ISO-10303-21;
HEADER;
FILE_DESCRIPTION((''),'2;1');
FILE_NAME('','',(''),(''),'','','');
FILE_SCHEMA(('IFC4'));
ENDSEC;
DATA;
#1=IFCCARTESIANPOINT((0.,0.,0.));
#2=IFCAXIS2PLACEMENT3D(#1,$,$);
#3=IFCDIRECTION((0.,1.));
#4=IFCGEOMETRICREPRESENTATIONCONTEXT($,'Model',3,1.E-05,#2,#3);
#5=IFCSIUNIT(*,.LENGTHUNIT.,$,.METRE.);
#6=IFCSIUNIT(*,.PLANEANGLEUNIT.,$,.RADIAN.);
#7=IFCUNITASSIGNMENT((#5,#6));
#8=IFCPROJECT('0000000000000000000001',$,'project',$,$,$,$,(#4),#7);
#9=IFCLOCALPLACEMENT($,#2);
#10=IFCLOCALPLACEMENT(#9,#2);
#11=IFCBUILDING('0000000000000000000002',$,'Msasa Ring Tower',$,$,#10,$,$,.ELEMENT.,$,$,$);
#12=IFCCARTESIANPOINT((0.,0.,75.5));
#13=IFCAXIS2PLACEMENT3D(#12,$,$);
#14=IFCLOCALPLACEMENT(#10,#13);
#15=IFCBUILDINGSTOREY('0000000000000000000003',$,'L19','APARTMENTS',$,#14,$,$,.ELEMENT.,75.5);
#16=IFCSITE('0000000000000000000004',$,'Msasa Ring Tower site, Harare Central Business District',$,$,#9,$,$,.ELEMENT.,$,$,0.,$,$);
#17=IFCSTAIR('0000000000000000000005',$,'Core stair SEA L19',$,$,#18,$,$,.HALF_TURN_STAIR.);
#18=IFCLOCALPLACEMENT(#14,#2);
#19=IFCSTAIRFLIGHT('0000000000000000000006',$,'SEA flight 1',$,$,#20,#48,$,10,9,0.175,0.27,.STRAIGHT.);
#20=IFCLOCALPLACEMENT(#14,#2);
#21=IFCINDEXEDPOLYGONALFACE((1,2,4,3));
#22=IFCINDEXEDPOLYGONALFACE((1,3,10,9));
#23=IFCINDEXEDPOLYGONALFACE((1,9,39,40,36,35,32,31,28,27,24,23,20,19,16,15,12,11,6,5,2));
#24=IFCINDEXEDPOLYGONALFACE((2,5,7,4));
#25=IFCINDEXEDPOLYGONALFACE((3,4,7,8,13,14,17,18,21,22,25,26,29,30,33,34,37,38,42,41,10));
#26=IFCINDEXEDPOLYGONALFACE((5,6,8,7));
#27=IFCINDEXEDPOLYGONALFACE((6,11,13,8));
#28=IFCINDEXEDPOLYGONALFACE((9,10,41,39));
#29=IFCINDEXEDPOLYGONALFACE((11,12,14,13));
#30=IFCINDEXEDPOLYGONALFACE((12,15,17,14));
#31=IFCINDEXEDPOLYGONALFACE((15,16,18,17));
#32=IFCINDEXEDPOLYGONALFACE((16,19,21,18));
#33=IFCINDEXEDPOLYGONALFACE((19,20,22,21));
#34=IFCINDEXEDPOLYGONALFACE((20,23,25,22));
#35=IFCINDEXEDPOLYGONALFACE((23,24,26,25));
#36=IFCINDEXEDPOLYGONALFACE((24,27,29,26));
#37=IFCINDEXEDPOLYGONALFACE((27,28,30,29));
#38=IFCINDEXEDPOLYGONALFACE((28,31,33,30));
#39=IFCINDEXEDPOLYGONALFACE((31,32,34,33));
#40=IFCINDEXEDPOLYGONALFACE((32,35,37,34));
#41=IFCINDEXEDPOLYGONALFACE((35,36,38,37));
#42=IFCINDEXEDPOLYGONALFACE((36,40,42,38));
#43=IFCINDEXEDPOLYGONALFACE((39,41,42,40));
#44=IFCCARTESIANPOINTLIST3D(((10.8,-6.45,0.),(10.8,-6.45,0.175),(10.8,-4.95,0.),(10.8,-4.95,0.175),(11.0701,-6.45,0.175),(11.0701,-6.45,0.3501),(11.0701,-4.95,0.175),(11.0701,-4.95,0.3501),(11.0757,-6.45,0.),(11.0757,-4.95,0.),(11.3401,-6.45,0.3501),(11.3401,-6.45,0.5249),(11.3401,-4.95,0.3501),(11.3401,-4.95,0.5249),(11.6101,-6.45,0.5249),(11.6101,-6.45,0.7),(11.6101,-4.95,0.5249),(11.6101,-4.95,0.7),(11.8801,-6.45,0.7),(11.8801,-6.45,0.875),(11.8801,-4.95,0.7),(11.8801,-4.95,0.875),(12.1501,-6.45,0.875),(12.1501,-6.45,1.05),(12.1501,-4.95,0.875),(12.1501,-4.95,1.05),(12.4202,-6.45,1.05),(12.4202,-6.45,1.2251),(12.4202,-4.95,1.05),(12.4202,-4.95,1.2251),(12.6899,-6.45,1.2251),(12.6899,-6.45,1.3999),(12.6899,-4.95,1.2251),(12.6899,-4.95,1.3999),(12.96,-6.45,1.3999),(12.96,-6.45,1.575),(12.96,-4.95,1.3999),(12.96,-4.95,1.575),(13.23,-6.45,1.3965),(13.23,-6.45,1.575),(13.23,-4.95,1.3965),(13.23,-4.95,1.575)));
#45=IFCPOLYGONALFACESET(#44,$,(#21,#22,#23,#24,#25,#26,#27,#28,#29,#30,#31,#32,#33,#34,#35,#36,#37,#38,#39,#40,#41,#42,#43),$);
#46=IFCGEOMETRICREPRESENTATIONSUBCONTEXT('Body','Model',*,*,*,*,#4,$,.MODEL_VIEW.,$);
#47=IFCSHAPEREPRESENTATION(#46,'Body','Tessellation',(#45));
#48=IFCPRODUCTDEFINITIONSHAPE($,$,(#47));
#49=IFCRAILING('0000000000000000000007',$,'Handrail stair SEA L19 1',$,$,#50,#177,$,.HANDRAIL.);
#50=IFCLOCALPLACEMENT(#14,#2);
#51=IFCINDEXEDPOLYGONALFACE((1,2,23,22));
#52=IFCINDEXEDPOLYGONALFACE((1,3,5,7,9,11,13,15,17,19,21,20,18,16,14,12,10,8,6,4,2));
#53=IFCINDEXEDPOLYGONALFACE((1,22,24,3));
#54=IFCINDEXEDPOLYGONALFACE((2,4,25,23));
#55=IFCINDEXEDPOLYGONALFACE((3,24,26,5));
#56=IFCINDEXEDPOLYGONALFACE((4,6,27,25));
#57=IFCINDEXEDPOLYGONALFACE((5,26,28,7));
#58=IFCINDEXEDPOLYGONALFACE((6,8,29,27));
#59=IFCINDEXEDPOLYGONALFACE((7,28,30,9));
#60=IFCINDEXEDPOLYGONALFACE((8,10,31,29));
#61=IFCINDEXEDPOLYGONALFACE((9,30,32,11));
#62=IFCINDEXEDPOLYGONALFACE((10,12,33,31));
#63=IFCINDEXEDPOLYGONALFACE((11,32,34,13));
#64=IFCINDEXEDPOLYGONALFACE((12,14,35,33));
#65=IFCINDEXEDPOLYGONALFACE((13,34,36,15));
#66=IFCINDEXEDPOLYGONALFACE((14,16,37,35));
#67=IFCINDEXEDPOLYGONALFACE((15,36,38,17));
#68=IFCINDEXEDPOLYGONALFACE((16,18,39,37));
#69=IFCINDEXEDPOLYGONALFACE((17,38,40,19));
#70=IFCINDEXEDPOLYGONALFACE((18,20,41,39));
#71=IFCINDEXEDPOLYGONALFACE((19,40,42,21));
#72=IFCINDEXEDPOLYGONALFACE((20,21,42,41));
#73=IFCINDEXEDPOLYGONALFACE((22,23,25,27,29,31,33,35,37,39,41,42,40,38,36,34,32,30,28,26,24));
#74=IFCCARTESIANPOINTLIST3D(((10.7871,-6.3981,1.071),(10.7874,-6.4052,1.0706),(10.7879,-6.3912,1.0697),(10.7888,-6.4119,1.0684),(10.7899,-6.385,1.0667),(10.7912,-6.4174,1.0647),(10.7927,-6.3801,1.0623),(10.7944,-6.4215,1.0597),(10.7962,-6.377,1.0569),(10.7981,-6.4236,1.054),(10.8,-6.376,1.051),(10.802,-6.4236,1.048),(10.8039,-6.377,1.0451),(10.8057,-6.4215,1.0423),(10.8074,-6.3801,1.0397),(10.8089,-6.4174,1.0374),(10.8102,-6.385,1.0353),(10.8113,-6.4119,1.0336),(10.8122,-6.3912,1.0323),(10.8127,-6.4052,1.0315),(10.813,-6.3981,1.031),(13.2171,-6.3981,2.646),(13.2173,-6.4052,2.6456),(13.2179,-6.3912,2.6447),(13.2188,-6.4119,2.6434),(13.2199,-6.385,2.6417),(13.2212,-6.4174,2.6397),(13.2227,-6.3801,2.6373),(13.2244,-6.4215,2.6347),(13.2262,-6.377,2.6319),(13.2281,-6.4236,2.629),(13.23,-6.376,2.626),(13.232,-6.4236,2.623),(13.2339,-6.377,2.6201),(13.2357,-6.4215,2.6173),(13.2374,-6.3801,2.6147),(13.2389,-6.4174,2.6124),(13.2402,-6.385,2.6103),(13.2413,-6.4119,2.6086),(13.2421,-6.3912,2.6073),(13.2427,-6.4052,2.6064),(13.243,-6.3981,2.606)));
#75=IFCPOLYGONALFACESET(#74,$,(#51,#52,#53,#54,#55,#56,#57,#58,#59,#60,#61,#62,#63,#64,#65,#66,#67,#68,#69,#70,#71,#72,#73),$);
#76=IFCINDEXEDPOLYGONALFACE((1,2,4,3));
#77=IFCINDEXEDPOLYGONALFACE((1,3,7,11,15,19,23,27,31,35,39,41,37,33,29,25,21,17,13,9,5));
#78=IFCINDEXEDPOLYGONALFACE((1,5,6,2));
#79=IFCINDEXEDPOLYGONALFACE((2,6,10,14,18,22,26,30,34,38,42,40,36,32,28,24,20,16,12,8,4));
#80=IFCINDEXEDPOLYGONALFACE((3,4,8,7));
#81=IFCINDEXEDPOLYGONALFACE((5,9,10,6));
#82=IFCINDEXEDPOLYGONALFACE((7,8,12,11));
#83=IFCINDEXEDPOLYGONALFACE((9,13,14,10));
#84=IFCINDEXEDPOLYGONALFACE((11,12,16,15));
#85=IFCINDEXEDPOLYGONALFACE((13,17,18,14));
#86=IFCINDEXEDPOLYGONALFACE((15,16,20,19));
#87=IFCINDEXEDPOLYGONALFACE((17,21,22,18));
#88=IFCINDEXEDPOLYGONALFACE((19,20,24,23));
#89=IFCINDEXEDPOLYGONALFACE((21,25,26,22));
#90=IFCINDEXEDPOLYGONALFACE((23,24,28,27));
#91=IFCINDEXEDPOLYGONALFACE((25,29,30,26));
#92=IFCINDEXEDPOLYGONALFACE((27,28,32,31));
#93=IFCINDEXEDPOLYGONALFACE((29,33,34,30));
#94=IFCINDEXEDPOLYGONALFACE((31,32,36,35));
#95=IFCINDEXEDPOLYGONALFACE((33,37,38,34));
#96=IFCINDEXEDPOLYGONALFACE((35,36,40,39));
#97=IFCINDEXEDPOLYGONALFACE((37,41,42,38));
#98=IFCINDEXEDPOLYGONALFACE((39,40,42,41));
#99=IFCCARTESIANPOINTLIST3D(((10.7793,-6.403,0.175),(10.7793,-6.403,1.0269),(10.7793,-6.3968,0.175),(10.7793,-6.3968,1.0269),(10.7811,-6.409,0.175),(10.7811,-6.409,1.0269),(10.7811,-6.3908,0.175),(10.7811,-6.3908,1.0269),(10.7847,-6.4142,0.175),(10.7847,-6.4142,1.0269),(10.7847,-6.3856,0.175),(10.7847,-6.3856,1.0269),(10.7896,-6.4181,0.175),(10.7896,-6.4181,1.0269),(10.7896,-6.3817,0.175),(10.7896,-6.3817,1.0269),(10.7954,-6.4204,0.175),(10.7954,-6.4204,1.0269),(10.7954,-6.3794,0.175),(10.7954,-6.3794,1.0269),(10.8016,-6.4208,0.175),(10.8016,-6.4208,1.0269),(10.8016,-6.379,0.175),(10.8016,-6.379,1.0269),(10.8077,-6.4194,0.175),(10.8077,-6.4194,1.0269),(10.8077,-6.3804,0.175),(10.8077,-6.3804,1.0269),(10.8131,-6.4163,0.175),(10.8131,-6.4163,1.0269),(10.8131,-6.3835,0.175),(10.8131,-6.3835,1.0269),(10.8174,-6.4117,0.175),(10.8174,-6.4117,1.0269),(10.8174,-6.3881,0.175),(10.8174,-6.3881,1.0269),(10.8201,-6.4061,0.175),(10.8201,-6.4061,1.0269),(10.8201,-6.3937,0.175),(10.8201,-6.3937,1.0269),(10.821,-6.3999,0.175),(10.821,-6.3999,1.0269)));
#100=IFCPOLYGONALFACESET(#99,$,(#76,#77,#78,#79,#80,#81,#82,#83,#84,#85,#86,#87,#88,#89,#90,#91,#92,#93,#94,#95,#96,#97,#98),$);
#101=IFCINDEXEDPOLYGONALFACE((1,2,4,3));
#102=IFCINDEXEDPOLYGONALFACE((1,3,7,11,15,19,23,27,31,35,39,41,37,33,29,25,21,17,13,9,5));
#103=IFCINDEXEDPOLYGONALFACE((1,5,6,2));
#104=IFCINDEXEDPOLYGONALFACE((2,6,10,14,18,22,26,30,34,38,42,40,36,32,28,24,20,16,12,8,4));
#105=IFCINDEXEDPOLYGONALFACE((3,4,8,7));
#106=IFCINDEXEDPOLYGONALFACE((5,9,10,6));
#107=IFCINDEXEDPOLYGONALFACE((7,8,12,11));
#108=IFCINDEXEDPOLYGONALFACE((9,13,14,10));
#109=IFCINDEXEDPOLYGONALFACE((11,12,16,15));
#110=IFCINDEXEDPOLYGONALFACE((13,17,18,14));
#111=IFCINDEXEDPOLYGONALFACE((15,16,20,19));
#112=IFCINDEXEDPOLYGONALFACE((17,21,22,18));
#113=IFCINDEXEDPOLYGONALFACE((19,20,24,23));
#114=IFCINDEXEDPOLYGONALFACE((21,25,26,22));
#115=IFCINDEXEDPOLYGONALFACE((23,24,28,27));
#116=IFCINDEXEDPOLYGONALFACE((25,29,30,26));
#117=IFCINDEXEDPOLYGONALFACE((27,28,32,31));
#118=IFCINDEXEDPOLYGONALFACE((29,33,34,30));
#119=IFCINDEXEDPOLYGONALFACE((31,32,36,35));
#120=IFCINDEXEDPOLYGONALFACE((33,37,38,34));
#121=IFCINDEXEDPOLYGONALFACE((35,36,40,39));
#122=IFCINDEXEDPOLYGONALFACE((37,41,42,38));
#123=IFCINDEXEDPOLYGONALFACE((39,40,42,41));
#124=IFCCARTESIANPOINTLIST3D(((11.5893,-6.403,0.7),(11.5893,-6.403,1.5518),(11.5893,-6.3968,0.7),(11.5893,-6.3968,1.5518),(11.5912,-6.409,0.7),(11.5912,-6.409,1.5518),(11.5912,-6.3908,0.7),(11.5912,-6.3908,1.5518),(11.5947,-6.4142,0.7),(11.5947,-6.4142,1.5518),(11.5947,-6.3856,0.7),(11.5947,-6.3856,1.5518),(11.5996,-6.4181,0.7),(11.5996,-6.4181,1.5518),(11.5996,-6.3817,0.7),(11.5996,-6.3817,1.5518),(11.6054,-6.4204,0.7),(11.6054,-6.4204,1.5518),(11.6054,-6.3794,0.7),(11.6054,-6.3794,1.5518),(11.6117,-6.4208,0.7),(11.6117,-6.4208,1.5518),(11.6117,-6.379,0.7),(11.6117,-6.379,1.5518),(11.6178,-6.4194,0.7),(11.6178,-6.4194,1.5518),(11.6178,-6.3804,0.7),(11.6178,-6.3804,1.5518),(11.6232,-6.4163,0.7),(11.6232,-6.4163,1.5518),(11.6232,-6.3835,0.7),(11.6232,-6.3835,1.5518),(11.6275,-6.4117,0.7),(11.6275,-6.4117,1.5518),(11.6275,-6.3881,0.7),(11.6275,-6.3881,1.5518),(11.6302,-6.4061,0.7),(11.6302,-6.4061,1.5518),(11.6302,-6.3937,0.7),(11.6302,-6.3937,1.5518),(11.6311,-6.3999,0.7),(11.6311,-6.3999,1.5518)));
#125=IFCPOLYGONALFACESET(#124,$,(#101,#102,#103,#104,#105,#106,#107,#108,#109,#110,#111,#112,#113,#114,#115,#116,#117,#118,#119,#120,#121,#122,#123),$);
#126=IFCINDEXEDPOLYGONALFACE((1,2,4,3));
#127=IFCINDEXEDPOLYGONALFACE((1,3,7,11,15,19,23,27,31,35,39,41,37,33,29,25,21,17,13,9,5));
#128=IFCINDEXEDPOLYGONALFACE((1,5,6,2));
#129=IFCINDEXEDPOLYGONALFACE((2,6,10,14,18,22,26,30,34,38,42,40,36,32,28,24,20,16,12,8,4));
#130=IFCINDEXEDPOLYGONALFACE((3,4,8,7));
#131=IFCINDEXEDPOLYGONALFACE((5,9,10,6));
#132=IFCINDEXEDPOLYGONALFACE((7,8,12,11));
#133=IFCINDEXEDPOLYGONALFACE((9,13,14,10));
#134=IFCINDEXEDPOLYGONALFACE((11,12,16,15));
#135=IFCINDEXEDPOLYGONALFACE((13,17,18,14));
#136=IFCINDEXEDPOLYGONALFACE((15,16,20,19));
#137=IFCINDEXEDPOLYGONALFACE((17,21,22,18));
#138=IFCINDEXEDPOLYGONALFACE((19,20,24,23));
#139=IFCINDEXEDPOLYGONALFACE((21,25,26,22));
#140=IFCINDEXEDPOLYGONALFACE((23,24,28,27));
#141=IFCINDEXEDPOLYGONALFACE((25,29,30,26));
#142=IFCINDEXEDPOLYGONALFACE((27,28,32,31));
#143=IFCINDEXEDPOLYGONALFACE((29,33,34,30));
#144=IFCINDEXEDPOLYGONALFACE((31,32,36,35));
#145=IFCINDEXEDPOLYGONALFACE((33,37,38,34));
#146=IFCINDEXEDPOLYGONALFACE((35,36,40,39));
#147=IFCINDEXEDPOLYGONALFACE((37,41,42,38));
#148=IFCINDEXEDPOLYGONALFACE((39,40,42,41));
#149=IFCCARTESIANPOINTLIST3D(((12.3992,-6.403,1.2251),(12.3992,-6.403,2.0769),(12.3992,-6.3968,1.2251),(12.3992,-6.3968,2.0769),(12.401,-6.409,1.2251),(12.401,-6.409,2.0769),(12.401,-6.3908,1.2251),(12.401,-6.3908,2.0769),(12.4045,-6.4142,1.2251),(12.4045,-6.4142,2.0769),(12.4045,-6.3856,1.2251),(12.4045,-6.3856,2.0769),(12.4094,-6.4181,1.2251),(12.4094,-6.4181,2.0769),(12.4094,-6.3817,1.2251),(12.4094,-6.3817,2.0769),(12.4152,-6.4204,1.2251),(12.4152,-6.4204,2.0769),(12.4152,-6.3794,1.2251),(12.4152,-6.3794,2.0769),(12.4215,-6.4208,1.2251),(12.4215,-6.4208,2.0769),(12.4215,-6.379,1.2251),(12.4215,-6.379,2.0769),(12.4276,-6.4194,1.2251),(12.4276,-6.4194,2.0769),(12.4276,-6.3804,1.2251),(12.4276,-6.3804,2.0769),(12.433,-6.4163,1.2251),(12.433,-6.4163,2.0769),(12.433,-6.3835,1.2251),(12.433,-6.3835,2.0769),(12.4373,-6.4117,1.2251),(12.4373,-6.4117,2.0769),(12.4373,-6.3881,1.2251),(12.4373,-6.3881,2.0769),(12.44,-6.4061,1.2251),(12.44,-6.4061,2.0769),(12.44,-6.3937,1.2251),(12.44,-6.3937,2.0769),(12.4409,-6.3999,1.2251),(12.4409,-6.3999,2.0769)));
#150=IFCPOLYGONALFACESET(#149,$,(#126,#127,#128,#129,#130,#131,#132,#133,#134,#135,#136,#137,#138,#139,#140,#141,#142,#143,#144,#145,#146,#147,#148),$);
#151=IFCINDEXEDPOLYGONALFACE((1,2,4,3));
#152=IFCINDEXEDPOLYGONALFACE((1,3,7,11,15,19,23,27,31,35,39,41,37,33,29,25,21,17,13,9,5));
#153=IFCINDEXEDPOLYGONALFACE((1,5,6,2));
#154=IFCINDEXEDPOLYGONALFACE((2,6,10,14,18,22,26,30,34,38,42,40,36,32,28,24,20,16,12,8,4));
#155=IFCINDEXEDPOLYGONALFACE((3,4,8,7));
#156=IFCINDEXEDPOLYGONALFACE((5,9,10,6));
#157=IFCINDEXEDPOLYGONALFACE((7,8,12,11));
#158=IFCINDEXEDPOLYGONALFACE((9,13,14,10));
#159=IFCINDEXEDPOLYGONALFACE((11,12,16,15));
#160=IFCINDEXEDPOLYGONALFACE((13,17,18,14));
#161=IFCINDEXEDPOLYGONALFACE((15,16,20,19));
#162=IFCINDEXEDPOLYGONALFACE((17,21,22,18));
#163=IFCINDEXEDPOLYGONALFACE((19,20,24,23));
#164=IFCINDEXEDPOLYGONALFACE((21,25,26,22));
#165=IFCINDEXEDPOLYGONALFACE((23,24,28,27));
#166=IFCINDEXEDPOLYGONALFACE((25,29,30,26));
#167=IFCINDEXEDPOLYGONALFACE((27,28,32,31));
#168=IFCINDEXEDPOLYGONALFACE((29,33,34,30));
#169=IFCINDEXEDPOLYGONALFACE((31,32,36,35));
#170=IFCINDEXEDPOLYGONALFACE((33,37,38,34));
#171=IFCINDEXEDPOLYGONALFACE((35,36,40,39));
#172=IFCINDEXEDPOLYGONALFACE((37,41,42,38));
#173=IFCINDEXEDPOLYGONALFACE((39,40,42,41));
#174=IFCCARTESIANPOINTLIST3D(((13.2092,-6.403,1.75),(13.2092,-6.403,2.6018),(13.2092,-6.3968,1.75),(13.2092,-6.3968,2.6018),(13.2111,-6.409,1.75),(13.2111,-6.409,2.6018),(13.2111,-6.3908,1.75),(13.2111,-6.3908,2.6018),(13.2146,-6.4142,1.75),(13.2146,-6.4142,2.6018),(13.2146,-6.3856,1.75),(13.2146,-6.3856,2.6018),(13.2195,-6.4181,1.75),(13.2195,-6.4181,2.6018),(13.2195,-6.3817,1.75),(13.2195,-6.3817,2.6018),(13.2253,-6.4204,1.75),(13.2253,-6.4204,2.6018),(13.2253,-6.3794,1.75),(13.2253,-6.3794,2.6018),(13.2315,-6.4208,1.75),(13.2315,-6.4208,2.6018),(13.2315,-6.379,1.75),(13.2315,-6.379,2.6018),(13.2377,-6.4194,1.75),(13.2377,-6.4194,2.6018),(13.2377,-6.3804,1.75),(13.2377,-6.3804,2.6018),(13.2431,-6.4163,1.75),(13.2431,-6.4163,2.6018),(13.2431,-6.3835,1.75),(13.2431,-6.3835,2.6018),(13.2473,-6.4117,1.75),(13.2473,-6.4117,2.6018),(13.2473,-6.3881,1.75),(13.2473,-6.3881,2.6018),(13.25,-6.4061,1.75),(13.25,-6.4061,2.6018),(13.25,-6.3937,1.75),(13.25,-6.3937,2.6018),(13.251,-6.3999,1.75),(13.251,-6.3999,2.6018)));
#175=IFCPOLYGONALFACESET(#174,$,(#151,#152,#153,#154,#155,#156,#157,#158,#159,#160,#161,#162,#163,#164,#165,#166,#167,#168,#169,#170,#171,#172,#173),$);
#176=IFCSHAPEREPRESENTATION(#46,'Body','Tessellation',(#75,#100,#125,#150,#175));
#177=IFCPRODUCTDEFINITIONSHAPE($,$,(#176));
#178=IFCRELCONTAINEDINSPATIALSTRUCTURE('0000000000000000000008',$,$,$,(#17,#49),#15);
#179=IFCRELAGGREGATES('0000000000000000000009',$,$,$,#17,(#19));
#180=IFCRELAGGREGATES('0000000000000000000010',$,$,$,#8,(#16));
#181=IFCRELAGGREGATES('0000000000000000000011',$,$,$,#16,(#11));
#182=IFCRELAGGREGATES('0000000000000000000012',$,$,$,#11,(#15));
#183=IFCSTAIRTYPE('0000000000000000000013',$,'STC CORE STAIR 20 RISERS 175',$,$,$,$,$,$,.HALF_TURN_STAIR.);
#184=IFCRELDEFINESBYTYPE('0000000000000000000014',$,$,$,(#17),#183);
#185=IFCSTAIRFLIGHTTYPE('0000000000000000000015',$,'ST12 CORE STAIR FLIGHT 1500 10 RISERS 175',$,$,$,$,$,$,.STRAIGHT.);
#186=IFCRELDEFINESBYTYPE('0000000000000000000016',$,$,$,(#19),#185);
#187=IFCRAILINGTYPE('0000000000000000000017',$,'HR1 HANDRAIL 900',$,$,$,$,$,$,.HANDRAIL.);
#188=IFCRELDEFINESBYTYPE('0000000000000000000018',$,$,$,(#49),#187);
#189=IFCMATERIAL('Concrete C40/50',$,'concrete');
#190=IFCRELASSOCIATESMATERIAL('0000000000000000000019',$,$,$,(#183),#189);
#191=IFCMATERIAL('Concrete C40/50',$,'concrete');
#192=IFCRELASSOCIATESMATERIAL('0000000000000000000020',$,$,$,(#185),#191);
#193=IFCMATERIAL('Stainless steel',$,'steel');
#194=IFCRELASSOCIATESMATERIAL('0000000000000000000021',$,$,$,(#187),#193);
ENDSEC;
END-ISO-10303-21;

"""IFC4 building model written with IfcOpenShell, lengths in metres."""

from ifc_helpers import new_model, si_unit, direction, frame, origin, origin_2d, place, context, subcontext, project, spatial, polyline, circle, outline, extrude, material, type_object, element, aggregate, save


model = new_model("IFC4")

# Units and contexts
model_context = context("Model", 3, precision=1e-05, world=origin(), true_north=direction((0.0, 1.0)))
body_context = subcontext(model_context, "Body", "Model", "MODEL_VIEW")
ifc_project = project(units=[si_unit("LENGTHUNIT", "METRE"), si_unit("PLANEANGLEUNIT", "RADIAN")], contexts=[model_context])

# Site, building, storey
site_placement = place(None, origin())
site = spatial("IfcSite", under=ifc_project, at=site_placement, Name="Msasa Ring Tower site, Harare Central Business District", CompositionType="ELEMENT", RefElevation=0.0)
building_placement = place(site_placement, origin())
building = spatial("IfcBuilding", under=site, at=building_placement, Name="Msasa Ring Tower", CompositionType="ELEMENT")
storey_placement = place(building_placement, frame((0.0, 0.0, 75.5)))
storey = spatial("IfcBuildingStorey", under=building, at=storey_placement, Name="L19", Description="APARTMENTS", CompositionType="ELEMENT", Elevation=75.5)

# Stair, stair flight
ifc_material_1 = material(Name="Concrete C40/50", Category="concrete")
stair_type = type_object("IfcStairType", Name="STC CORE STAIR 20 RISERS 175", PredefinedType="HALF_TURN_STAIR", material=ifc_material_1)
stair_placement = place(storey_placement, origin())
stair = element("IfcStair", 1, at=stair_placement, inside=storey, type_object=stair_type, Name="Core stair SEA L19", PredefinedType="HALF_TURN_STAIR")
ifc_material_2 = material(Name="Concrete C40/50", Category="concrete")
stair_flight_type = type_object("IfcStairFlightType", Name="ST12 CORE STAIR FLIGHT 1500 10 RISERS 175", PredefinedType="STRAIGHT", material=ifc_material_2)
stair_flight_placement = place(storey_placement, frame((10.8, -5.7, 0.0), z_axis=(0.0, 0.0, 1.0), x_axis=(1.0, 0.0, 0.0)))
stair_flight = element("IfcStairFlight", 2, at=stair_flight_placement, type_object=stair_flight_type, Name="SEA flight 1", NumberOfRisers=10, NumberOfTreads=9, PredefinedType="STRAIGHT", RiserHeight=0.175, TreadLength=0.27, context=body_context, shape_type="SweptSolid", body=[
    extrude(outline(polyline([(0.0, 0.0), (0.0, 0.175), (0.27, 0.175), (0.27, 0.3501), (0.54, 0.3501), (0.54, 0.5249), (0.8101, 0.5249), (0.8101, 0.7), (1.0801, 0.7), (1.0801, 0.875), (1.3501, 0.875), (1.3501, 1.05), (1.6201, 1.05), (1.6201, 1.2251), (1.8899, 1.2251), (1.8899, 1.3999), (2.1599, 1.3999), (2.1599, 1.575), (2.4299, 1.575), (2.4299, 1.75), (2.4299, 1.3965), (0.2756, 0.0), (0.0, 0.0)])), frame((0.0, 0.75, 0.0), z_axis=(0.0, -1.0, 0.0), x_axis=(1.0, 0.0, 0.0)), (0.0, 0.0, 1.0), 1.5),
])
aggregate(stair, [stair_flight])

# Railing
ifc_material_3 = material(Name="Stainless steel", Category="steel")
railing_type = type_object("IfcRailingType", Name="HR1 HANDRAIL 900", PredefinedType="HANDRAIL", material=ifc_material_3)
for number, where, name in (
    (3, (10.8, -6.3999, 0.175), "Handrail stair SEA L19 1"),
):
    element("IfcRailing", number, at=place(storey_placement, frame(where)), inside=storey, type_object=railing_type, Name=name, PredefinedType="HANDRAIL", context=body_context, shape_type="SweptSolid", body=[
        extrude(circle(Radius=0.0239, at=origin_2d()), frame((0.0, 0.0, 0.876), z_axis=(0.839154, 0.0, 0.543894), x_axis=(0.0, 1.0, 0.0)), (0.0, 0.0, 1.0), 2.8958),
        extrude(circle(Radius=0.021, at=origin_2d()), origin(), (0.0, 0.0, 1.0), 0.8518),
        extrude(circle(Radius=0.021, at=origin_2d()), frame((0.8101, 0.0, 0.5249)), (0.0, 0.0, 1.0), 0.8518),
        extrude(circle(Radius=0.021, at=origin_2d()), frame((1.6199, 0.0, 1.05)), (0.0, 0.0, 1.0), 0.8518),
        extrude(circle(Radius=0.021, at=origin_2d()), frame((2.4299, 0.0, 1.575)), (0.0, 0.0, 1.0), 0.8518),
    ])

save(model, "model.ifc")
